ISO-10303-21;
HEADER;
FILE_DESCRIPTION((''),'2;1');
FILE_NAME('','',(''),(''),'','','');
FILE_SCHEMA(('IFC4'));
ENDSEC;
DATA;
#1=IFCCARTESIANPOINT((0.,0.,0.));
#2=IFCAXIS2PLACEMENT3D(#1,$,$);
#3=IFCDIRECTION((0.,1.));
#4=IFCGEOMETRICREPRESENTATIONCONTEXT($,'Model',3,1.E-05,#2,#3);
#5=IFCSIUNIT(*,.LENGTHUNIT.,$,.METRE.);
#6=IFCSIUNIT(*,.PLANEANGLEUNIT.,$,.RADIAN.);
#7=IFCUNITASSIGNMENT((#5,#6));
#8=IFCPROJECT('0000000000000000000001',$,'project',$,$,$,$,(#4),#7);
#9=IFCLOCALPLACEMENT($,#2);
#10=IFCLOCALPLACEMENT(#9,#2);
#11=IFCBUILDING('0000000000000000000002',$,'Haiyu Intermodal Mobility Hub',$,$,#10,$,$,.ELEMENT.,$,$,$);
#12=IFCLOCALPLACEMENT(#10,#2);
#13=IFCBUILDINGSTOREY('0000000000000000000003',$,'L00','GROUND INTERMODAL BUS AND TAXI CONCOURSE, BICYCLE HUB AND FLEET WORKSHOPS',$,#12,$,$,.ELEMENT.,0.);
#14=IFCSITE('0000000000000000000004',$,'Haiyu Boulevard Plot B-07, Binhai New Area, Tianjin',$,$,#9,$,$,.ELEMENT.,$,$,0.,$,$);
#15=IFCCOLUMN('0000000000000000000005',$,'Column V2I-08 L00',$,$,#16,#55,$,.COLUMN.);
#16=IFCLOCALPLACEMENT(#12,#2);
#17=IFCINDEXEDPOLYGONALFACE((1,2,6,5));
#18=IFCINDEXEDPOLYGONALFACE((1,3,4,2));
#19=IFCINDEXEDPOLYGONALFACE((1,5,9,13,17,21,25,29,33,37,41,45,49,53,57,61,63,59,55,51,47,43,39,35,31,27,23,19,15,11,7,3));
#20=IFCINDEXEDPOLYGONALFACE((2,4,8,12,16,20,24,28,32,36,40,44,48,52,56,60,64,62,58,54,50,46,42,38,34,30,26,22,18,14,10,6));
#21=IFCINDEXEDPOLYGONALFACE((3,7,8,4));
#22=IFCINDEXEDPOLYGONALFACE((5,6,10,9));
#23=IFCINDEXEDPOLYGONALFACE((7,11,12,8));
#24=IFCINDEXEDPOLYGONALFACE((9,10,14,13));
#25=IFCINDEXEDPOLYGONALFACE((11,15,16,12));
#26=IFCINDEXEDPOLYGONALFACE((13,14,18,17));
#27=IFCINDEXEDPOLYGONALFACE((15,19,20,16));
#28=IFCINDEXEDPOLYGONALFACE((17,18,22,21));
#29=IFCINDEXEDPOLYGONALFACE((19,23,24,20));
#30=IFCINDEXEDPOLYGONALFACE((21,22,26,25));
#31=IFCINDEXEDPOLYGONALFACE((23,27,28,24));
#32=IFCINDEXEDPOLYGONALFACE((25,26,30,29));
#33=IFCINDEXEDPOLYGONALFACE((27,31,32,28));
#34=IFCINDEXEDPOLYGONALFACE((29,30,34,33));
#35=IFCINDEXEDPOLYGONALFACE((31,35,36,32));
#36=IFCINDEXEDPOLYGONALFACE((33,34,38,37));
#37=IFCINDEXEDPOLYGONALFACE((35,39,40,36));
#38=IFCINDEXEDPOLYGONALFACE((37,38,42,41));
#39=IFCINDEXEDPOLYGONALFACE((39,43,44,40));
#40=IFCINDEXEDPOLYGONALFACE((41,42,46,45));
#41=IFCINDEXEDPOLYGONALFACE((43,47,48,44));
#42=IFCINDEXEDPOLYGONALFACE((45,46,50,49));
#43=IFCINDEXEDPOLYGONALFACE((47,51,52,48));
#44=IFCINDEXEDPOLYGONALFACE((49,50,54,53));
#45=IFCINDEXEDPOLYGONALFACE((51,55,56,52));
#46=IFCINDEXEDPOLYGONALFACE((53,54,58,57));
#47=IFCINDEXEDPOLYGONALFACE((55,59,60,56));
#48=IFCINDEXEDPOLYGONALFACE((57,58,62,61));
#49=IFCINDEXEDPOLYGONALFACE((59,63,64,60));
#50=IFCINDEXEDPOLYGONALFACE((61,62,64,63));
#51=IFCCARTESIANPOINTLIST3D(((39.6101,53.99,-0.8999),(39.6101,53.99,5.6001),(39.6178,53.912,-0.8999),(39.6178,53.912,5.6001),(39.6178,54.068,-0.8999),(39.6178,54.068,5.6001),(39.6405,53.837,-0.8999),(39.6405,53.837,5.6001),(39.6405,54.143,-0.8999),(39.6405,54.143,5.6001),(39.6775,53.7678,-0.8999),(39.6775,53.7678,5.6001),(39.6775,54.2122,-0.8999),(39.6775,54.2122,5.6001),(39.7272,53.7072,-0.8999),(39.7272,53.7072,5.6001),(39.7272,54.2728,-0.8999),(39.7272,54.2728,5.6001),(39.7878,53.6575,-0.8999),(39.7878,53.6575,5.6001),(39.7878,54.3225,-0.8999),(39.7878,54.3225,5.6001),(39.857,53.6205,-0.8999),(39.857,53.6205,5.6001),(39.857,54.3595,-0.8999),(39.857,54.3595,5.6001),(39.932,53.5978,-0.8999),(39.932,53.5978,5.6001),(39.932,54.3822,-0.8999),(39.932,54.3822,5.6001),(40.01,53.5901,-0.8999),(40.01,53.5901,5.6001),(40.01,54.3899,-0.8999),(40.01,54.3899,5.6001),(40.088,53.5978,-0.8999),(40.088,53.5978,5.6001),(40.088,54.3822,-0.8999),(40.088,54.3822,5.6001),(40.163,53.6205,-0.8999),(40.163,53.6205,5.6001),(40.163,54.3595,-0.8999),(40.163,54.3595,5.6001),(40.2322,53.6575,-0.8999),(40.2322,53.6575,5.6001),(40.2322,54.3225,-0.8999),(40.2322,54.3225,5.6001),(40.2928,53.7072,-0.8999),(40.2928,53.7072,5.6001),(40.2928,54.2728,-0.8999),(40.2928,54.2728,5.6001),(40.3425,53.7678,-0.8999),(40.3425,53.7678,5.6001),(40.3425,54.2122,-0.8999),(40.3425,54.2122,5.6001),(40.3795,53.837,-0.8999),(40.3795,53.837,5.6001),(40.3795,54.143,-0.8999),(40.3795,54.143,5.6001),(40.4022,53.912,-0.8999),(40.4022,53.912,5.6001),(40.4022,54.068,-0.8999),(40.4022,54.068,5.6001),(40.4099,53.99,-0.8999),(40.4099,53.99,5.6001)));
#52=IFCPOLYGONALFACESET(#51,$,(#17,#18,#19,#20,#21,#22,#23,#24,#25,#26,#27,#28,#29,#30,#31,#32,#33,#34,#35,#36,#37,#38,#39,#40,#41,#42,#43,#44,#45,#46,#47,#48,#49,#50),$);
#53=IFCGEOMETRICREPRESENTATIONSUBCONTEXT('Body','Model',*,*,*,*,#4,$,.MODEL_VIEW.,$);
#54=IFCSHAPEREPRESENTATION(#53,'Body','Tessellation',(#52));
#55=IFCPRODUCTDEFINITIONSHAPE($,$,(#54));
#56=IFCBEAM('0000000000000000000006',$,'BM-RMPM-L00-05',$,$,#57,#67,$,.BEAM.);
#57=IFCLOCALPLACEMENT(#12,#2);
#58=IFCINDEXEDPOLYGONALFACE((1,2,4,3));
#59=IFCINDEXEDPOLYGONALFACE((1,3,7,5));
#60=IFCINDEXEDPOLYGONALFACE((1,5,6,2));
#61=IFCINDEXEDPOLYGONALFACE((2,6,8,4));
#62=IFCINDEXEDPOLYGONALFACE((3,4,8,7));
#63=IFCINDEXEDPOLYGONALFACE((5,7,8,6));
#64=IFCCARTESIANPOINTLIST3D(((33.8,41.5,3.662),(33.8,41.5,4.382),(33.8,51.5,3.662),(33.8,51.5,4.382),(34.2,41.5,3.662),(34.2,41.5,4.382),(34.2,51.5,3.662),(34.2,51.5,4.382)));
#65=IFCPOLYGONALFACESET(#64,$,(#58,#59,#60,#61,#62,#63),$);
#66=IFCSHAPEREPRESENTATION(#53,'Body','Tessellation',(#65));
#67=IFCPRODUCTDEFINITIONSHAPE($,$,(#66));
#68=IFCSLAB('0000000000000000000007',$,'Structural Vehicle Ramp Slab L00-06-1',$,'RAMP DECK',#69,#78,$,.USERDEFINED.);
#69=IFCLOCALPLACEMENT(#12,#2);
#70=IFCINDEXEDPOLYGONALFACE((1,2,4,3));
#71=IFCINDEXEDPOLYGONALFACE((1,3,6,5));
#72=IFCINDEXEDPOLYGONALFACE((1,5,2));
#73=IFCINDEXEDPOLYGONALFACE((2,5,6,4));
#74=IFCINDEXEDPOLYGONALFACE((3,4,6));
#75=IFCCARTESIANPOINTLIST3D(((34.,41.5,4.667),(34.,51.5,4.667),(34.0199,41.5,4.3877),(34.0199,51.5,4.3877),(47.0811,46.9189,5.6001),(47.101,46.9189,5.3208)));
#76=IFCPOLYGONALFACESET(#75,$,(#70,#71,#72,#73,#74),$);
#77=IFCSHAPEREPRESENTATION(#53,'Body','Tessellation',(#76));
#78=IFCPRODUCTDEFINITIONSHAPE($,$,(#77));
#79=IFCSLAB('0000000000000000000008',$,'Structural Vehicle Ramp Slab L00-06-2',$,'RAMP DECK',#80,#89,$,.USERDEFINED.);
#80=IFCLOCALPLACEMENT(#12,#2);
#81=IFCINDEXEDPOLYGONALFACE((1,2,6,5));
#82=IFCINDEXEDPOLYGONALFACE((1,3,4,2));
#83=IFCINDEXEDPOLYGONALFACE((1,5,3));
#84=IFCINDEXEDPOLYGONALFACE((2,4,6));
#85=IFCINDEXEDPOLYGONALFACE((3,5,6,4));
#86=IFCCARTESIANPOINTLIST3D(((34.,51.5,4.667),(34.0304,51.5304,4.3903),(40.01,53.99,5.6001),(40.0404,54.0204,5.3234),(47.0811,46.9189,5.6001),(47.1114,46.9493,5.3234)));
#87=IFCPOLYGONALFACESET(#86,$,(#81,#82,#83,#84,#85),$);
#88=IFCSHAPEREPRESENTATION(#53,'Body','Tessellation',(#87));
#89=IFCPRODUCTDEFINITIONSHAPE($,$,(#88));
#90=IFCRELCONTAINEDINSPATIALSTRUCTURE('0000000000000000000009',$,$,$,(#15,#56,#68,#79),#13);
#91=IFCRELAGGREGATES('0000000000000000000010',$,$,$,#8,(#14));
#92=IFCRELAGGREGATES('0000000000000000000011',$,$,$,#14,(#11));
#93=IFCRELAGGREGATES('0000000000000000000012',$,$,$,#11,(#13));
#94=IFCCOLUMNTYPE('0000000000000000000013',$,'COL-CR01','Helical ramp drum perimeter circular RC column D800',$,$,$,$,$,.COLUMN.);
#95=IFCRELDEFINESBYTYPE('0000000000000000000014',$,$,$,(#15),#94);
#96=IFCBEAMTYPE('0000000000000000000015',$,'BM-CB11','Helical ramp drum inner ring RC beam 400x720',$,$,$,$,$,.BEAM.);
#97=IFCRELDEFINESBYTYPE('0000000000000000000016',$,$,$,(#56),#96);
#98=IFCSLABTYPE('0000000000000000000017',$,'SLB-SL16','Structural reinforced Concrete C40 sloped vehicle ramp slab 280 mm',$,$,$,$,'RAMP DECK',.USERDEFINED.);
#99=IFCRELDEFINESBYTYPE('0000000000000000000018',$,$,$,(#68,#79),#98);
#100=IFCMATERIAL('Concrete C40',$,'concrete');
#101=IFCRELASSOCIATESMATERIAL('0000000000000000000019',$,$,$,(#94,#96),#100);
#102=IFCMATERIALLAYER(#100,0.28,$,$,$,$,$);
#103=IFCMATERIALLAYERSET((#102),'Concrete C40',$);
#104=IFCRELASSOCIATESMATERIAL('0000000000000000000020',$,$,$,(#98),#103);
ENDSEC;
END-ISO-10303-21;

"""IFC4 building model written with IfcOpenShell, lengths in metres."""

from ifc_helpers import new_model, si_unit, direction, frame, origin, origin_2d, place, context, subcontext, project, spatial, polyline, rectangle, circle, outline, extrude, material, layer, layer_set, material_profile, profile_set, type_object, element, save


model = new_model("IFC4")

# Units and contexts
model_context = context("Model", 3, precision=1e-05, world=origin(), true_north=direction((0.0, 1.0)))
body_context = subcontext(model_context, "Body", "Model", "MODEL_VIEW")
ifc_project = project(units=[si_unit("LENGTHUNIT", "METRE"), si_unit("PLANEANGLEUNIT", "RADIAN")], contexts=[model_context])

# Site, building, storey
site_placement = place(None, origin())
site = spatial("IfcSite", under=ifc_project, at=site_placement, Name="Haiyu Boulevard Plot B-07, Binhai New Area, Tianjin", CompositionType="ELEMENT", RefElevation=0.0)
building_placement = place(site_placement, origin())
building = spatial("IfcBuilding", under=site, at=building_placement, Name="Haiyu Intermodal Mobility Hub", CompositionType="ELEMENT")
storey_placement = place(building_placement, origin())
storey = spatial("IfcBuildingStorey", under=building, at=storey_placement, Name="L00", Description="GROUND INTERMODAL BUS AND TAXI CONCOURSE, BICYCLE HUB AND FLEET WORKSHOPS", CompositionType="ELEMENT", Elevation=0.0)

# Shared definitions
ifc_material_1 = material(Name="Concrete C40", Category="concrete")

# Column
ifc_material_profile_1 = material_profile(ifc_material_1, circle(Radius=0.3999, at=origin_2d()), Name="RCCOL-D800")
ifc_profile_set_1 = profile_set([ifc_material_profile_1], Name="Concrete C40")
column_type_1 = type_object("IfcColumnType", Name="COL-CR01", Description="Helical ramp drum perimeter circular RC column D800", PredefinedType="COLUMN", material=ifc_profile_set_1)
for number, where, z_axis, x_axis, name in (
    (1, (40.01, 53.99, -0.8999), (0.0, 0.0, 1.0), (1.0, 0.0, 0.0), "Column V2I-08 L00"),
):
    element("IfcColumn", number, at=place(storey_placement, frame(where, z_axis=z_axis, x_axis=x_axis)), inside=storey, type_object=column_type_1, Name=name, PredefinedType="COLUMN", context=body_context, shape_type="SweptSolid", body=[
        extrude(circle(Radius=0.3999, at=origin_2d()), origin(), (0.0, 0.0, 1.0), 6.5),
    ])

# Beam
ifc_material_profile_2 = material_profile(ifc_material_1, rectangle(XDim=0.3999, YDim=0.72, at=origin_2d()), Name="RCB400x720")
ifc_profile_set_2 = profile_set([ifc_material_profile_2], Name="Concrete C40")
beam_type = type_object("IfcBeamType", Name="BM-CB11", Description="Helical ramp drum inner ring RC beam 400x720", PredefinedType="BEAM", material=ifc_profile_set_2)
beam_placement = place(storey_placement, frame((34.0, 51.5, 4.022), z_axis=(0.0, -1.0, 0.0), x_axis=(1.0, 0.0, 0.0)))
element("IfcBeam", 2, at=beam_placement, inside=storey, type_object=beam_type, Name="BM-RMPM-L00-05", PredefinedType="BEAM", context=body_context, shape_type="SweptSolid", body=[
    extrude(rectangle(XDim=0.3999, YDim=0.72, at=origin_2d()), origin(), (0.0, 0.0, 1.0), 10.0),
])

# Slabs
ifc_layer_1 = layer(ifc_material_1, 0.28)
ifc_layer_set_1 = layer_set([ifc_layer_1], Name="Concrete C40")
slab_type = type_object("IfcSlabType", Name="SLB-SL16", Description="Structural reinforced Concrete C40 sloped vehicle ramp slab 280 mm", ElementType="RAMP DECK", PredefinedType="USERDEFINED", material=ifc_layer_set_1)
slab_1_placement = place(storey_placement, frame((34.0, 51.5, 4.667), z_axis=(-0.071152, 0.0, 0.997465), x_axis=(0.0, -1.0, 0.0)))
element("IfcSlab", 3, at=slab_1_placement, inside=storey, type_object=slab_type, Name="Structural Vehicle Ramp Slab L00-06-1", ObjectType="RAMP DECK", PredefinedType="USERDEFINED", context=body_context, shape_type="SweptSolid", body=[
    extrude(outline(polyline([(0.0, 0.0), (10.0, 0.0), (4.5811, 13.1143), (0.0, 0.0)])), origin(), (0.0, 0.0, -1.0), 0.28),
])
slab_2_placement = place(storey_placement, frame((34.0, 51.5, 4.667), z_axis=(-0.108478, -0.108478, 0.988163), x_axis=(0.941666, -0.329777, 0.067171)))
element("IfcSlab", 4, at=slab_2_placement, inside=storey, type_object=slab_type, Name="Structural Vehicle Ramp Slab L00-06-2", ObjectType="RAMP DECK", PredefinedType="USERDEFINED", context=body_context, shape_type="SweptSolid", body=[
    extrude(outline(polyline([(0.0, 0.0), (13.8914, 0.0), (4.901, 4.3785), (0.0, 0.0)])), origin(), (0.0, 0.0, -1.0), 0.28),
])

save(model, "model.ifc")
